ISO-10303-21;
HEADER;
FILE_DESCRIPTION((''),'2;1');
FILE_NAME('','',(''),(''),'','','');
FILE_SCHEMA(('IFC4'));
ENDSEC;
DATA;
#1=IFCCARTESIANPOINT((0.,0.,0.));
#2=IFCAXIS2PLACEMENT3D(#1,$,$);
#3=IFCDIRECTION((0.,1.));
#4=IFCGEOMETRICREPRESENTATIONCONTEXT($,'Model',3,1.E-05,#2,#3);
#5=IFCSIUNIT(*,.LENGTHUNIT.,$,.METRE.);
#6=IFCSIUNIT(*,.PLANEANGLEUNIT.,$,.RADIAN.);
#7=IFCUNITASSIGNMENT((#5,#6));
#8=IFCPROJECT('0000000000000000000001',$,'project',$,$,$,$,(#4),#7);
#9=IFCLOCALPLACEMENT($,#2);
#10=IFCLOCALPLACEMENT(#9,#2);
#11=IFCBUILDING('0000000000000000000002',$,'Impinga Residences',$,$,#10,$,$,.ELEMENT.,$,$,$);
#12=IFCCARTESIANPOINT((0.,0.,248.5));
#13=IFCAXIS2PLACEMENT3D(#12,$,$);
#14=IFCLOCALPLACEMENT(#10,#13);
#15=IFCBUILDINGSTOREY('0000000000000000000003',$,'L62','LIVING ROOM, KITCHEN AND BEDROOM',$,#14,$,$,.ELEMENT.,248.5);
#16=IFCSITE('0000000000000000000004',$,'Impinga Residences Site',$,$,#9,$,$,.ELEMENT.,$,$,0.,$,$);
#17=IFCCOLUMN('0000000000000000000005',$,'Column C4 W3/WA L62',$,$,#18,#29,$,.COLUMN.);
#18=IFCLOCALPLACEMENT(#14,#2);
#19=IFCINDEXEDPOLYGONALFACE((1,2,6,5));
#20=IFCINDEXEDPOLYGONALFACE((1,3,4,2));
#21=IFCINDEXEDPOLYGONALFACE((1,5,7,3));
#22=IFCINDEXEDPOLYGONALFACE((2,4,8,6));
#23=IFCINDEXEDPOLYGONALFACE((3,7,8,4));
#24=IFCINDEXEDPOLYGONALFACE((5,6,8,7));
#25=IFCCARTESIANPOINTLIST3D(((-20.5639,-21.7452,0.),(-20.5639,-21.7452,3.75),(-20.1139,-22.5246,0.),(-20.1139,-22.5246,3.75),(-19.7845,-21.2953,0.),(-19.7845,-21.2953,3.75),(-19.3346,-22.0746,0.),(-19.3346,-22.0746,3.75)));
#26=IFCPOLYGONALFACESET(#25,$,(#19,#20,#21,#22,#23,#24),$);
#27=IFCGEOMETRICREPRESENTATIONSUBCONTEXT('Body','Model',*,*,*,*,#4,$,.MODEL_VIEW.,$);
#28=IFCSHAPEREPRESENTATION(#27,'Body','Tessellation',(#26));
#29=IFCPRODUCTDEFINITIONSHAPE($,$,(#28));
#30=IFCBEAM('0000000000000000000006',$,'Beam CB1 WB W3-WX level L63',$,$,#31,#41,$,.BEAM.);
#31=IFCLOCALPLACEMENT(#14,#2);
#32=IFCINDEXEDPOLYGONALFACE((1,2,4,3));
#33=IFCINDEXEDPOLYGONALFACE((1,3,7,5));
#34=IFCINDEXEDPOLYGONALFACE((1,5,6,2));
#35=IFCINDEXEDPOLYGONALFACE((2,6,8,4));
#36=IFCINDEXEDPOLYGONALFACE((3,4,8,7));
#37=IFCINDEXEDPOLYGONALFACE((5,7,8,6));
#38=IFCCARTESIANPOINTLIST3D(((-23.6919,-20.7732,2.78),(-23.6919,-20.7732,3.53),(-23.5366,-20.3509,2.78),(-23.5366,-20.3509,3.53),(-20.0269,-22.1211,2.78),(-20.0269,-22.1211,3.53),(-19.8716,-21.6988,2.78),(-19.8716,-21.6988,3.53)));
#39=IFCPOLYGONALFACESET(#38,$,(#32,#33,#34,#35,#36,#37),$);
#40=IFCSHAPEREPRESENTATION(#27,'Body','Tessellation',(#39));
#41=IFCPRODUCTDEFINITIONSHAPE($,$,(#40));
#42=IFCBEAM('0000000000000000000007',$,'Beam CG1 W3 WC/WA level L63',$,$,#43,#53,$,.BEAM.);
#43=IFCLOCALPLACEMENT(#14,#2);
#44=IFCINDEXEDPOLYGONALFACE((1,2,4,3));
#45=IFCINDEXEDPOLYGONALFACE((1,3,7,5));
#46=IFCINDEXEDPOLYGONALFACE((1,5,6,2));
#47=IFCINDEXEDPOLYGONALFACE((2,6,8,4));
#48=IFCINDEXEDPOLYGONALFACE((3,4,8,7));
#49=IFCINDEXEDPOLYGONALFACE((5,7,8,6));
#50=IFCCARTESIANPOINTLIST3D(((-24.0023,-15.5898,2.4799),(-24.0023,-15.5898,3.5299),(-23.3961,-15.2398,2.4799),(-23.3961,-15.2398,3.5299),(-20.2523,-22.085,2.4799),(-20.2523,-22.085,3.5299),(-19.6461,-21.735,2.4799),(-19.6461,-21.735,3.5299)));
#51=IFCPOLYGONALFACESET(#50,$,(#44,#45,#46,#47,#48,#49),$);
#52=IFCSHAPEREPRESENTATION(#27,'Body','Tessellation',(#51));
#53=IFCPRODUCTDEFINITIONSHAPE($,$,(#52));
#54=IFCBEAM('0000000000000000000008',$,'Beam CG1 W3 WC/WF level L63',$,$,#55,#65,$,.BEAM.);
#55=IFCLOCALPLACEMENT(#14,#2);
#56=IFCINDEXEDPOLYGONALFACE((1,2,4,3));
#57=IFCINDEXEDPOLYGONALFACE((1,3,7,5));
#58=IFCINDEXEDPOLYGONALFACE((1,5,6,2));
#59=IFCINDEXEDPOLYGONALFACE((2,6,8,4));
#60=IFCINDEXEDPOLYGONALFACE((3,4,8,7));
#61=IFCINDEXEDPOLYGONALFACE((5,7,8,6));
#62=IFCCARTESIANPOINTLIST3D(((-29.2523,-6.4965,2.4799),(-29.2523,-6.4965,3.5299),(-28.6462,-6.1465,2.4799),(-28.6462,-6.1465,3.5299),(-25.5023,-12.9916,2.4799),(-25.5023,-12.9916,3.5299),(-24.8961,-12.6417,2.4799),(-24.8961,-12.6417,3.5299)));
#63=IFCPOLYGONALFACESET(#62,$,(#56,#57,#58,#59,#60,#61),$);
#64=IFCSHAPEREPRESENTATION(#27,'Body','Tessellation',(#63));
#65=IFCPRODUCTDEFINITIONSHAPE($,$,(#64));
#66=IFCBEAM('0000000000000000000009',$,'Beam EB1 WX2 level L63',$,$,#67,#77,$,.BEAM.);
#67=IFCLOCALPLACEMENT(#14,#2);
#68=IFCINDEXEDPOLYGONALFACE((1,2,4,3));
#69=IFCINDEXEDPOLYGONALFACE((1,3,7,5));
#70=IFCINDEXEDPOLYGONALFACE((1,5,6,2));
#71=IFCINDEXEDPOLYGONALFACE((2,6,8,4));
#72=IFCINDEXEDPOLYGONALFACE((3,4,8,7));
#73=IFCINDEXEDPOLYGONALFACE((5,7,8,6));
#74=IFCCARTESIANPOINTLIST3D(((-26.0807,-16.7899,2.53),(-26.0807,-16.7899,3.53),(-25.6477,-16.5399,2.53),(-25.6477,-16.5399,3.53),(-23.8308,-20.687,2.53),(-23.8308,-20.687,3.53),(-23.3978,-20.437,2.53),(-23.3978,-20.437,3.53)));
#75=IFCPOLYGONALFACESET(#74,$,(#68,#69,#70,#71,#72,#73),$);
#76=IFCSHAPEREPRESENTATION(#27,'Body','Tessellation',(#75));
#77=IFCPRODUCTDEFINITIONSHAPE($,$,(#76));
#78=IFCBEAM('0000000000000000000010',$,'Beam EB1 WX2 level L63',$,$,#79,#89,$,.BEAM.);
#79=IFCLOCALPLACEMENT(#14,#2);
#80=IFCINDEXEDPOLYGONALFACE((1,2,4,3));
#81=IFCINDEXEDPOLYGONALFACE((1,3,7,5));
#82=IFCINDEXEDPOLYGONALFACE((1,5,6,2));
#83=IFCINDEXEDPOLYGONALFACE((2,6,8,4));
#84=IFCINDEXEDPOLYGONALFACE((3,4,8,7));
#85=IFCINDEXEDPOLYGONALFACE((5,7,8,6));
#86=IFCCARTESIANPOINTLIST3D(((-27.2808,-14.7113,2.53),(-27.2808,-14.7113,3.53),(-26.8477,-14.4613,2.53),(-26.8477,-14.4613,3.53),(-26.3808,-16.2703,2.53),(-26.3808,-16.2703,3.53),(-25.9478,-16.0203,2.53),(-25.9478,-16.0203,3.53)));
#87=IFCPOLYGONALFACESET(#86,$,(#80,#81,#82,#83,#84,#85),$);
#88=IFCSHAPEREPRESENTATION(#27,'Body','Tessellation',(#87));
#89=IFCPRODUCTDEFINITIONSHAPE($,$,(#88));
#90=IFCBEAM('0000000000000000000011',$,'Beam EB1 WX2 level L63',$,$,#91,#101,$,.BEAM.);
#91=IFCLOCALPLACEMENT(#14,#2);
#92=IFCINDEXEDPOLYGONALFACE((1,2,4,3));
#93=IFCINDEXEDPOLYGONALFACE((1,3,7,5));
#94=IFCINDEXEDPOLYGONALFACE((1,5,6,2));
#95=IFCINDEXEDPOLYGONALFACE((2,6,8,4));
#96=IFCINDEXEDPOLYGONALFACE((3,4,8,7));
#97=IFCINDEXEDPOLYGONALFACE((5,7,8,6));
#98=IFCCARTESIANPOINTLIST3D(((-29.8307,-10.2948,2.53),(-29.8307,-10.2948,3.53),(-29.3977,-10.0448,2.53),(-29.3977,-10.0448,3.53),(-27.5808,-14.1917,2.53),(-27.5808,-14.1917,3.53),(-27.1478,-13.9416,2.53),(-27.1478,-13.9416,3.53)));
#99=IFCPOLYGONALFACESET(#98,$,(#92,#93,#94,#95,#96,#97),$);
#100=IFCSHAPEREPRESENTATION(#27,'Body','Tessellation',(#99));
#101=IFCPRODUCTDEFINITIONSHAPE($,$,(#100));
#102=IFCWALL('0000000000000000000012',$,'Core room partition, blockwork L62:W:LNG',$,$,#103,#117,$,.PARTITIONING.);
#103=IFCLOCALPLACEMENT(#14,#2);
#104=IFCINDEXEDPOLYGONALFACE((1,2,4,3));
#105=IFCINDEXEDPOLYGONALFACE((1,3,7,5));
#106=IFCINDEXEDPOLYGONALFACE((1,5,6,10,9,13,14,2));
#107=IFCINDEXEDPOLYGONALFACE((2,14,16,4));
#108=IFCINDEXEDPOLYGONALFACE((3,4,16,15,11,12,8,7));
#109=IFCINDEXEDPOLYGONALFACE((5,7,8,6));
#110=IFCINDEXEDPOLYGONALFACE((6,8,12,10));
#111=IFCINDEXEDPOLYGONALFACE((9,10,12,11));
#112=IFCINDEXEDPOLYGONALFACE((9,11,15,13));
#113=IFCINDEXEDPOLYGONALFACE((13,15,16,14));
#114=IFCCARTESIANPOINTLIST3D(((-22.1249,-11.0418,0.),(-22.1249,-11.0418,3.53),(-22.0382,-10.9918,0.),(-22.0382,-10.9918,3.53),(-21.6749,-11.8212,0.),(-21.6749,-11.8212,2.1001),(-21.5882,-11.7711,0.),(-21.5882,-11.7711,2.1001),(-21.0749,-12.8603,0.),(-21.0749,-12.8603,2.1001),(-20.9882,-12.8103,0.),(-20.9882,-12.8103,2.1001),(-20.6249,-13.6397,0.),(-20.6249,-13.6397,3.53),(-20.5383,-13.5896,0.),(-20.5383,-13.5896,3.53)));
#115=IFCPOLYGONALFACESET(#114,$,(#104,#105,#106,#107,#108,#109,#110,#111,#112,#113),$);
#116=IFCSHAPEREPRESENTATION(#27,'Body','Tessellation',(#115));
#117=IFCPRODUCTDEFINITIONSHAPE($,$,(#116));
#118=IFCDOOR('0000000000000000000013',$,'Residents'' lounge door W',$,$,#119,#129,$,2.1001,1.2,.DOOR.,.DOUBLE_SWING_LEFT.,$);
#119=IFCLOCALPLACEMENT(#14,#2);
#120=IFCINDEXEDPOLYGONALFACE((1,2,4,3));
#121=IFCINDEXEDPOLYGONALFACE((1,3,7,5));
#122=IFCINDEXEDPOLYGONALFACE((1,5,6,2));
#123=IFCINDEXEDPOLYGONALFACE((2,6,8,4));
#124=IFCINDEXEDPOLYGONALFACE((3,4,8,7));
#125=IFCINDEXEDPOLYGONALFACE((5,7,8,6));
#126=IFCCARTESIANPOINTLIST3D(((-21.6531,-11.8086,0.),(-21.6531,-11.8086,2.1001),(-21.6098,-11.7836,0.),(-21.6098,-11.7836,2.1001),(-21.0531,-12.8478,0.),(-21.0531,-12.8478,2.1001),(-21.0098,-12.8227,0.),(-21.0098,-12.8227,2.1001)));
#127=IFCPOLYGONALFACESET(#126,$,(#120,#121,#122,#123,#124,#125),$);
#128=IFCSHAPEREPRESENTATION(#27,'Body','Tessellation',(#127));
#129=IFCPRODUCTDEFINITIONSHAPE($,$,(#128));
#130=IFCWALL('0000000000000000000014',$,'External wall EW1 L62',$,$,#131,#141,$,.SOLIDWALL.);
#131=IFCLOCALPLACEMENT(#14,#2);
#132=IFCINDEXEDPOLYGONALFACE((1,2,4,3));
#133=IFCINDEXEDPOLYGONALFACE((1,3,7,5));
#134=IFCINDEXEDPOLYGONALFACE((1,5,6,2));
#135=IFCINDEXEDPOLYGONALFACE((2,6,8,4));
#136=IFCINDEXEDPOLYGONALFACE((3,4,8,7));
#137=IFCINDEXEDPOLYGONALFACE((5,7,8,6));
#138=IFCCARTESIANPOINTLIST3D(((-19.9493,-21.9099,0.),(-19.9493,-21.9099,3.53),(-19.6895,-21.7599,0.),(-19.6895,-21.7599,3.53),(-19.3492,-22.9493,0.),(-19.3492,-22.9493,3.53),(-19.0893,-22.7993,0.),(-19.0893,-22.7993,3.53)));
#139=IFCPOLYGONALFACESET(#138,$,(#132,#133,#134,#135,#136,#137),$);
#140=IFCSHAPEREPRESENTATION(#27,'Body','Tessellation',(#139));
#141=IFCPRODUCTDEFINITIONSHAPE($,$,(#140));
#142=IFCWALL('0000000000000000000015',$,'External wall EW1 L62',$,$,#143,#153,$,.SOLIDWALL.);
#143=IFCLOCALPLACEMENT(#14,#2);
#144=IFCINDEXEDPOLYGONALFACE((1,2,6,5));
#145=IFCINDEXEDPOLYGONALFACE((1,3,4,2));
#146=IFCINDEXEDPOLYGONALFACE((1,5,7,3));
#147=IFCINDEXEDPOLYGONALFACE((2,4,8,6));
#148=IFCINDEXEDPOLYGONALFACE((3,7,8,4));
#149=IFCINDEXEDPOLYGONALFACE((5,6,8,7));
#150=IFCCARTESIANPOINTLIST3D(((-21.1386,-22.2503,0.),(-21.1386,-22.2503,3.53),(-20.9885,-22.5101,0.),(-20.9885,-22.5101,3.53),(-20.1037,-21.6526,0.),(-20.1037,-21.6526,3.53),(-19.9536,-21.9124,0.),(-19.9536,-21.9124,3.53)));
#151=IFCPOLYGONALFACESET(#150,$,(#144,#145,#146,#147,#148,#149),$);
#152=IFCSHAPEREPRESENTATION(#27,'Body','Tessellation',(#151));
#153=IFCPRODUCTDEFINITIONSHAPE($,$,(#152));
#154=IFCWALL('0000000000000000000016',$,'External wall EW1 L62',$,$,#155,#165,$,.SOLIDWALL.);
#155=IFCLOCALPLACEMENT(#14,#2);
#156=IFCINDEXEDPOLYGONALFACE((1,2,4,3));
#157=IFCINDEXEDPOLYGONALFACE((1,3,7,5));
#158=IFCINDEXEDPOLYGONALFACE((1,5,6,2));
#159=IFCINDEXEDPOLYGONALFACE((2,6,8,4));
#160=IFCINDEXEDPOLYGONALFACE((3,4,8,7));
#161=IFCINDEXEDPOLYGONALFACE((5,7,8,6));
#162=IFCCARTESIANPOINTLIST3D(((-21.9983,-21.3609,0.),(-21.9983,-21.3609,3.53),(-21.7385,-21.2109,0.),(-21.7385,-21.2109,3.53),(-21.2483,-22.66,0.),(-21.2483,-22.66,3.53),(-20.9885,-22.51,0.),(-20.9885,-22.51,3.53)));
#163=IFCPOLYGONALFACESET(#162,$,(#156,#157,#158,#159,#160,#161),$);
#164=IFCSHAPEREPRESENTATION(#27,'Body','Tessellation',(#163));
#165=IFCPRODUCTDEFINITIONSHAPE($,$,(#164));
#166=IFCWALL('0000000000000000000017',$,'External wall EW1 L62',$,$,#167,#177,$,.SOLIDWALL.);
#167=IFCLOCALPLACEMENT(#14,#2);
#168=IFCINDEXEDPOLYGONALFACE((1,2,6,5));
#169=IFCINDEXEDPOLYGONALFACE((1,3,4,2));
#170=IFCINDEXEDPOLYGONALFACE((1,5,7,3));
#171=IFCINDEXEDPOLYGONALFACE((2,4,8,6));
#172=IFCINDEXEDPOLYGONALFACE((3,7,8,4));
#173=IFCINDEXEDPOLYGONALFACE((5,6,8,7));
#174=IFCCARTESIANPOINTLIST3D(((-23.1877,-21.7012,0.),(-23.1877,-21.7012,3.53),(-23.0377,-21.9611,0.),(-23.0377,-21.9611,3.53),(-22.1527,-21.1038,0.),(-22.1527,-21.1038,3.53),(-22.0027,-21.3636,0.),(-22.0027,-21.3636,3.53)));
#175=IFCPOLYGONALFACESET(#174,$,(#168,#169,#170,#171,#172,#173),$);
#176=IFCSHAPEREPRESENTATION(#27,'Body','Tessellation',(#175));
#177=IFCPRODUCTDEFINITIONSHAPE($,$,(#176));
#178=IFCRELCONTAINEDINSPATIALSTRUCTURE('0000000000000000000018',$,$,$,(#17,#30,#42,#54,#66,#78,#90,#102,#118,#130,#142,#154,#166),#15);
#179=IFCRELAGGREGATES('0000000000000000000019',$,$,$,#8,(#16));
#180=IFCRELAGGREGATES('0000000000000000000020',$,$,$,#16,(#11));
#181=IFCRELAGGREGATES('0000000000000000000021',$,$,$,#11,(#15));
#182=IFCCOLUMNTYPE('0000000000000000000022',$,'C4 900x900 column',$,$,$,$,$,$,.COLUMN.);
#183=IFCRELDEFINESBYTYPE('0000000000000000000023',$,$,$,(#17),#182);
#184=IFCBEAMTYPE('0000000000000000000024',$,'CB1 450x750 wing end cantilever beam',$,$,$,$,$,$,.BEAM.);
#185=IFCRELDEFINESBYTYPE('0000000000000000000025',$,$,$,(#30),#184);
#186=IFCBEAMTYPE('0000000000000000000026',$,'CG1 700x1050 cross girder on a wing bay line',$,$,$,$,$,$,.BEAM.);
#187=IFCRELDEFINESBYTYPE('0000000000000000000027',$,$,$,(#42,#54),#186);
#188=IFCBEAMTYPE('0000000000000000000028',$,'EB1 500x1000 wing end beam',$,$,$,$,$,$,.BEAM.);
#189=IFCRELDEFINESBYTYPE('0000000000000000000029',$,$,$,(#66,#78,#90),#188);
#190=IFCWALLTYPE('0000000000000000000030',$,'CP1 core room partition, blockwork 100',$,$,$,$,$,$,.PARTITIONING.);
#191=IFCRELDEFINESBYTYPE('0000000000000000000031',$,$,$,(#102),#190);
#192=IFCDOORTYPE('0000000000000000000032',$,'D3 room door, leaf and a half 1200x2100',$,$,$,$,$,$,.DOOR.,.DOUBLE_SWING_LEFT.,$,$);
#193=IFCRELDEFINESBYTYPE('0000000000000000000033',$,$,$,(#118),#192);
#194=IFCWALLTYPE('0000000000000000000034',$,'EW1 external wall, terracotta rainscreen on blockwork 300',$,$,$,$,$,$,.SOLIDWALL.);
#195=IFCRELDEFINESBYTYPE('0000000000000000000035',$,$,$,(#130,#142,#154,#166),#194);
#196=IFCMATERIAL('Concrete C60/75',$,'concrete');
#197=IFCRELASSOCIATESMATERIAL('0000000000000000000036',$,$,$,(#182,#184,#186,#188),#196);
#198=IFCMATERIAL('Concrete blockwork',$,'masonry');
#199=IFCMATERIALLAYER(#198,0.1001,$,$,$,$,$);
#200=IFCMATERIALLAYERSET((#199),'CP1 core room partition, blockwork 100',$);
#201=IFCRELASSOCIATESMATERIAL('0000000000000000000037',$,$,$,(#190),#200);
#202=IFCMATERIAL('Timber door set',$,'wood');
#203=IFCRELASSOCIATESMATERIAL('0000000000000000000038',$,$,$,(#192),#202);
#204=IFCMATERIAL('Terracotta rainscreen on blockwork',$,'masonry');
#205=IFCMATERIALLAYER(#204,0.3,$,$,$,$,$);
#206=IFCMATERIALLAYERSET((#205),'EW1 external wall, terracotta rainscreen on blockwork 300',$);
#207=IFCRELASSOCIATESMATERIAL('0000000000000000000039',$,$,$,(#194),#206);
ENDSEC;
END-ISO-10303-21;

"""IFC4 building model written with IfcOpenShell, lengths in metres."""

from ifc_helpers import new_model, si_unit, direction, frame, frame_2d, origin, origin_2d, place, context, subcontext, project, spatial, rectangle, extrude, material, layer, layer_set, material_profile, profile_set, type_object, element, fill, save


model = new_model("IFC4")

# Units and contexts
model_context = context("Model", 3, precision=1e-05, world=origin(), true_north=direction((0.0, 1.0)))
body_context = subcontext(model_context, "Body", "Model", "MODEL_VIEW")
ifc_project = project(units=[si_unit("LENGTHUNIT", "METRE"), si_unit("PLANEANGLEUNIT", "RADIAN")], contexts=[model_context])

# Site, building, storey
site_placement = place(None, origin())
site = spatial("IfcSite", under=ifc_project, at=site_placement, Name="Impinga Residences Site", CompositionType="ELEMENT", RefElevation=0.0)
building_placement = place(site_placement, origin())
building = spatial("IfcBuilding", under=site, at=building_placement, Name="Impinga Residences", CompositionType="ELEMENT")
storey_placement = place(building_placement, frame((0.0, 0.0, 248.5)))
storey = spatial("IfcBuildingStorey", under=building, at=storey_placement, Name="L62", Description="LIVING ROOM, KITCHEN AND BEDROOM", CompositionType="ELEMENT", Elevation=248.5)

# Column
ifc_material_1 = material(Name="Concrete C60/75", Category="concrete")
ifc_material_profile_1 = material_profile(ifc_material_1, rectangle(XDim=0.8999, YDim=0.8999, at=origin_2d()), Name="RC 900x900")
ifc_profile_set_1 = profile_set([ifc_material_profile_1], Name="Concrete C60/75")
column_type = type_object("IfcColumnType", Name="C4 900x900 column", PredefinedType="COLUMN", material=ifc_profile_set_1)
column_placement = place(storey_placement, frame((-19.9492, -21.9099, 0.0), z_axis=(0.0, 0.0, 1.0), x_axis=(-0.5, 0.866025, 0.0)))
element("IfcColumn", 1, at=column_placement, inside=storey, type_object=column_type, Name="Column C4 W3/WA L62", PredefinedType="COLUMN", context=body_context, shape_type="SweptSolid", body=[
    extrude(rectangle(XDim=0.8999, YDim=0.8999, at=origin_2d()), origin(), (0.0, 0.0, 1.0), 3.75),
])

# Beams
ifc_material_profile_2 = material_profile(ifc_material_1, rectangle(XDim=0.45, YDim=0.75, at=origin_2d()), Name="RC 450x750")
ifc_profile_set_2 = profile_set([ifc_material_profile_2], Name="Concrete C60/75")
beam_type_1 = type_object("IfcBeamType", Name="CB1 450x750 wing end cantilever beam", PredefinedType="BEAM", material=ifc_profile_set_2)
beam_1_placement = place(storey_placement, frame((-19.9492, -21.9099, 3.155), z_axis=(-0.93854, 0.345169, 0.0), x_axis=(-0.345169, -0.93854, 0.0)))
element("IfcBeam", 2, at=beam_1_placement, inside=storey, type_object=beam_type_1, Name="Beam CB1 WB W3-WX level L63", PredefinedType="BEAM", context=body_context, shape_type="SweptSolid", body=[
    extrude(rectangle(XDim=0.45, YDim=0.75, at=origin_2d()), origin(), (0.0, 0.0, 1.0), 3.905),
])
ifc_material_profile_3 = material_profile(ifc_material_1, rectangle(XDim=0.7, YDim=1.05, at=origin_2d()), Name="RC 700x1050")
ifc_profile_set_3 = profile_set([ifc_material_profile_3], Name="Concrete C60/75")
beam_type_2 = type_object("IfcBeamType", Name="CG1 700x1050 cross girder on a wing bay line", PredefinedType="BEAM", material=ifc_profile_set_3)
for number, where, z_axis, x_axis, name in (
    (3, (-23.6992, -15.4148, 3.0049), (0.500004, -0.866023, 0.0), (0.866023, 0.500004, 0.0), "Beam CG1 W3 WC/WA level L63"),
    (4, (-25.1992, -12.8167, 3.0049), (-0.500004, 0.866023, 0.0), (-0.866023, -0.500004, 0.0), "Beam CG1 W3 WC/WF level L63"),
):
    element("IfcBeam", number, at=place(storey_placement, frame(where, z_axis=z_axis, x_axis=x_axis)), inside=storey, type_object=beam_type_2, Name=name, PredefinedType="BEAM", context=body_context, shape_type="SweptSolid", body=[
        extrude(rectangle(XDim=0.7, YDim=1.05, at=origin_2d()), origin(), (0.0, 0.0, 1.0), 7.5),
    ])
ifc_material_profile_4 = material_profile(ifc_material_1, rectangle(XDim=0.5, YDim=1.0, at=origin_2d()), Name="RC 500x1000")
ifc_profile_set_4 = profile_set([ifc_material_profile_4], Name="Concrete C60/75")
beam_type_3 = type_object("IfcBeamType", Name="EB1 500x1000 wing end beam", PredefinedType="BEAM", material=ifc_profile_set_4)
beam_2_placement = place(storey_placement, frame((-23.6143, -20.562, 3.03), z_axis=(-0.49999, 0.866031, 0.0), x_axis=(-0.866031, -0.49999, 0.0)))
element("IfcBeam", 5, at=beam_2_placement, inside=storey, type_object=beam_type_3, Name="Beam EB1 WX2 level L63", PredefinedType="BEAM", context=body_context, shape_type="SweptSolid", body=[
    extrude(rectangle(XDim=0.5, YDim=1.0, at=origin_2d()), origin(), (0.0, 0.0, 1.0), 4.5),
])
beam_3_placement = place(storey_placement, frame((-26.1643, -16.1453, 3.03), z_axis=(-0.499961, 0.866048, 0.0), x_axis=(-0.866048, -0.499961, 0.0)))
element("IfcBeam", 6, at=beam_3_placement, inside=storey, type_object=beam_type_3, Name="Beam EB1 WX2 level L63", PredefinedType="BEAM", context=body_context, shape_type="SweptSolid", body=[
    extrude(rectangle(XDim=0.5, YDim=1.0, at=origin_2d()), origin(), (0.0, 0.0, 1.0), 1.8),
])
beam_4_placement = place(storey_placement, frame((-27.3643, -14.0667, 3.03), z_axis=(-0.500014, 0.866018, 0.0), x_axis=(-0.866018, -0.500014, 0.0)))
element("IfcBeam", 7, at=beam_4_placement, inside=storey, type_object=beam_type_3, Name="Beam EB1 WX2 level L63", PredefinedType="BEAM", context=body_context, shape_type="SweptSolid", body=[
    extrude(rectangle(XDim=0.5, YDim=1.0, at=origin_2d()), origin(), (0.0, 0.0, 1.0), 4.4998),
])

# Wall, opening, door
ifc_material_2 = material(Name="Concrete blockwork", Category="masonry")
ifc_layer_1 = layer(ifc_material_2, 0.1001)
ifc_layer_set_1 = layer_set([ifc_layer_1], Name="CP1 core room partition, blockwork 100")
wall_type_1 = type_object("IfcWallType", Name="CP1 core room partition, blockwork 100", PredefinedType="PARTITIONING", material=ifc_layer_set_1)
wall_1_placement = place(storey_placement, frame((-20.5815, -13.6147, 0.0), z_axis=(0.0, 0.0, 1.0), x_axis=(-0.500025, 0.866011, 0.0)))
wall_1 = element("IfcWall", 8, at=wall_1_placement, inside=storey, type_object=wall_type_1, Name="Core room partition, blockwork L62:W:LNG", PredefinedType="PARTITIONING", context=body_context, shape_type="SweptSolid", body=[
    extrude(rectangle(XDim=2.9998, YDim=0.1001, at=frame_2d((1.5, 0.0))), origin(), (0.0, 0.0, 1.0), 3.53),
])
opening_1_placement = place(wall_1_placement, frame((0.8999, 0.0, 0.0)))
opening_1 = element("IfcOpeningElement", 9, at=opening_1_placement, cuts=wall_1, PredefinedType="OPENING", context=body_context, shape_type="SweptSolid", body=[
    extrude(rectangle(XDim=1.2, YDim=2.1001, at=frame_2d((0.6001, 1.05))), frame((0.0, 0.0601, 0.0), z_axis=(0.0, -1.0, 0.0), x_axis=(1.0, 0.0, 0.0)), (0.0, 0.0, 1.0), 0.1201),
])
ifc_material_3 = material(Name="Timber door set", Category="wood")
door_type = type_object("IfcDoorType", Name="D3 room door, leaf and a half 1200x2100", OperationType="DOUBLE_SWING_LEFT", PredefinedType="DOOR", material=ifc_material_3)
door_placement = place(opening_1_placement, origin())
door = element("IfcDoor", 10, at=door_placement, inside=storey, type_object=door_type, Name="Residents' lounge door W", OperationType="DOUBLE_SWING_LEFT", OverallHeight=2.1001, OverallWidth=1.2, PredefinedType="DOOR", context=body_context, shape_type="SweptSolid", body=[
    extrude(rectangle(XDim=1.2, YDim=2.1001, at=frame_2d((0.6001, 1.05))), frame((0.0, 0.0249, 0.0), z_axis=(0.0, -1.0, 0.0), x_axis=(1.0, 0.0, 0.0)), (0.0, 0.0, 1.0), 0.05),
])
fill(opening_1, door)

# Walls
ifc_material_4 = material(Name="Terracotta rainscreen on blockwork", Category="masonry")
ifc_layer_2 = layer(ifc_material_4, 0.3)
ifc_layer_set_2 = layer_set([ifc_layer_2], Name="EW1 external wall, terracotta rainscreen on blockwork 300")
wall_type_2 = type_object("IfcWallType", Name="EW1 external wall, terracotta rainscreen on blockwork 300", PredefinedType="SOLIDWALL", material=ifc_layer_set_2)
wall_2_placement = place(storey_placement, frame((-19.2192, -22.8743, 0.0), z_axis=(0.0, 0.0, 1.0), x_axis=(-0.500034, 0.866006, 0.0)))
element("IfcWall", 11, at=wall_2_placement, inside=storey, type_object=wall_type_2, Name="External wall EW1 L62", PredefinedType="SOLIDWALL", context=body_context, shape_type="SweptSolid", body=[
    extrude(rectangle(XDim=1.2002, YDim=0.3, at=frame_2d((0.6001, 0.0))), origin(), (0.0, 0.0, 1.0), 3.53),
])
wall_3_placement = place(storey_placement, frame((-20.0286, -21.7825, 0.0), z_axis=(0.0, 0.0, 1.0), x_axis=(-0.865971, -0.500094, 0.0)))
element("IfcWall", 12, at=wall_3_placement, inside=storey, type_object=wall_type_2, Name="External wall EW1 L62", PredefinedType="SOLIDWALL", context=body_context, shape_type="SweptSolid", body=[
    extrude(rectangle(XDim=1.1951, YDim=0.3, at=frame_2d((0.5977, 0.0))), origin(), (0.0, 0.0, 1.0), 3.53),
])
wall_4_placement = place(storey_placement, frame((-21.1184, -22.585, 0.0), z_axis=(0.0, 0.0, 1.0), x_axis=(-0.49999, 0.866031, 0.0)))
element("IfcWall", 13, at=wall_4_placement, inside=storey, type_object=wall_type_2, Name="External wall EW1 L62", PredefinedType="SOLIDWALL", context=body_context, shape_type="SweptSolid", body=[
    extrude(rectangle(XDim=1.5, YDim=0.3, at=frame_2d((0.75, 0.0))), origin(), (0.0, 0.0, 1.0), 3.53),
])
wall_5_placement = place(storey_placement, frame((-22.0776, -21.2336, 0.0), z_axis=(0.0, 0.0, 1.0), x_axis=(-0.86606, -0.499941, 0.0)))
element("IfcWall", 14, at=wall_5_placement, inside=storey, type_object=wall_type_2, Name="External wall EW1 L62", PredefinedType="SOLIDWALL", context=body_context, shape_type="SweptSolid", body=[
    extrude(rectangle(XDim=1.1951, YDim=0.3, at=frame_2d((0.5977, 0.0))), origin(), (0.0, 0.0, 1.0), 3.53),
])

save(model, "model.ifc")
